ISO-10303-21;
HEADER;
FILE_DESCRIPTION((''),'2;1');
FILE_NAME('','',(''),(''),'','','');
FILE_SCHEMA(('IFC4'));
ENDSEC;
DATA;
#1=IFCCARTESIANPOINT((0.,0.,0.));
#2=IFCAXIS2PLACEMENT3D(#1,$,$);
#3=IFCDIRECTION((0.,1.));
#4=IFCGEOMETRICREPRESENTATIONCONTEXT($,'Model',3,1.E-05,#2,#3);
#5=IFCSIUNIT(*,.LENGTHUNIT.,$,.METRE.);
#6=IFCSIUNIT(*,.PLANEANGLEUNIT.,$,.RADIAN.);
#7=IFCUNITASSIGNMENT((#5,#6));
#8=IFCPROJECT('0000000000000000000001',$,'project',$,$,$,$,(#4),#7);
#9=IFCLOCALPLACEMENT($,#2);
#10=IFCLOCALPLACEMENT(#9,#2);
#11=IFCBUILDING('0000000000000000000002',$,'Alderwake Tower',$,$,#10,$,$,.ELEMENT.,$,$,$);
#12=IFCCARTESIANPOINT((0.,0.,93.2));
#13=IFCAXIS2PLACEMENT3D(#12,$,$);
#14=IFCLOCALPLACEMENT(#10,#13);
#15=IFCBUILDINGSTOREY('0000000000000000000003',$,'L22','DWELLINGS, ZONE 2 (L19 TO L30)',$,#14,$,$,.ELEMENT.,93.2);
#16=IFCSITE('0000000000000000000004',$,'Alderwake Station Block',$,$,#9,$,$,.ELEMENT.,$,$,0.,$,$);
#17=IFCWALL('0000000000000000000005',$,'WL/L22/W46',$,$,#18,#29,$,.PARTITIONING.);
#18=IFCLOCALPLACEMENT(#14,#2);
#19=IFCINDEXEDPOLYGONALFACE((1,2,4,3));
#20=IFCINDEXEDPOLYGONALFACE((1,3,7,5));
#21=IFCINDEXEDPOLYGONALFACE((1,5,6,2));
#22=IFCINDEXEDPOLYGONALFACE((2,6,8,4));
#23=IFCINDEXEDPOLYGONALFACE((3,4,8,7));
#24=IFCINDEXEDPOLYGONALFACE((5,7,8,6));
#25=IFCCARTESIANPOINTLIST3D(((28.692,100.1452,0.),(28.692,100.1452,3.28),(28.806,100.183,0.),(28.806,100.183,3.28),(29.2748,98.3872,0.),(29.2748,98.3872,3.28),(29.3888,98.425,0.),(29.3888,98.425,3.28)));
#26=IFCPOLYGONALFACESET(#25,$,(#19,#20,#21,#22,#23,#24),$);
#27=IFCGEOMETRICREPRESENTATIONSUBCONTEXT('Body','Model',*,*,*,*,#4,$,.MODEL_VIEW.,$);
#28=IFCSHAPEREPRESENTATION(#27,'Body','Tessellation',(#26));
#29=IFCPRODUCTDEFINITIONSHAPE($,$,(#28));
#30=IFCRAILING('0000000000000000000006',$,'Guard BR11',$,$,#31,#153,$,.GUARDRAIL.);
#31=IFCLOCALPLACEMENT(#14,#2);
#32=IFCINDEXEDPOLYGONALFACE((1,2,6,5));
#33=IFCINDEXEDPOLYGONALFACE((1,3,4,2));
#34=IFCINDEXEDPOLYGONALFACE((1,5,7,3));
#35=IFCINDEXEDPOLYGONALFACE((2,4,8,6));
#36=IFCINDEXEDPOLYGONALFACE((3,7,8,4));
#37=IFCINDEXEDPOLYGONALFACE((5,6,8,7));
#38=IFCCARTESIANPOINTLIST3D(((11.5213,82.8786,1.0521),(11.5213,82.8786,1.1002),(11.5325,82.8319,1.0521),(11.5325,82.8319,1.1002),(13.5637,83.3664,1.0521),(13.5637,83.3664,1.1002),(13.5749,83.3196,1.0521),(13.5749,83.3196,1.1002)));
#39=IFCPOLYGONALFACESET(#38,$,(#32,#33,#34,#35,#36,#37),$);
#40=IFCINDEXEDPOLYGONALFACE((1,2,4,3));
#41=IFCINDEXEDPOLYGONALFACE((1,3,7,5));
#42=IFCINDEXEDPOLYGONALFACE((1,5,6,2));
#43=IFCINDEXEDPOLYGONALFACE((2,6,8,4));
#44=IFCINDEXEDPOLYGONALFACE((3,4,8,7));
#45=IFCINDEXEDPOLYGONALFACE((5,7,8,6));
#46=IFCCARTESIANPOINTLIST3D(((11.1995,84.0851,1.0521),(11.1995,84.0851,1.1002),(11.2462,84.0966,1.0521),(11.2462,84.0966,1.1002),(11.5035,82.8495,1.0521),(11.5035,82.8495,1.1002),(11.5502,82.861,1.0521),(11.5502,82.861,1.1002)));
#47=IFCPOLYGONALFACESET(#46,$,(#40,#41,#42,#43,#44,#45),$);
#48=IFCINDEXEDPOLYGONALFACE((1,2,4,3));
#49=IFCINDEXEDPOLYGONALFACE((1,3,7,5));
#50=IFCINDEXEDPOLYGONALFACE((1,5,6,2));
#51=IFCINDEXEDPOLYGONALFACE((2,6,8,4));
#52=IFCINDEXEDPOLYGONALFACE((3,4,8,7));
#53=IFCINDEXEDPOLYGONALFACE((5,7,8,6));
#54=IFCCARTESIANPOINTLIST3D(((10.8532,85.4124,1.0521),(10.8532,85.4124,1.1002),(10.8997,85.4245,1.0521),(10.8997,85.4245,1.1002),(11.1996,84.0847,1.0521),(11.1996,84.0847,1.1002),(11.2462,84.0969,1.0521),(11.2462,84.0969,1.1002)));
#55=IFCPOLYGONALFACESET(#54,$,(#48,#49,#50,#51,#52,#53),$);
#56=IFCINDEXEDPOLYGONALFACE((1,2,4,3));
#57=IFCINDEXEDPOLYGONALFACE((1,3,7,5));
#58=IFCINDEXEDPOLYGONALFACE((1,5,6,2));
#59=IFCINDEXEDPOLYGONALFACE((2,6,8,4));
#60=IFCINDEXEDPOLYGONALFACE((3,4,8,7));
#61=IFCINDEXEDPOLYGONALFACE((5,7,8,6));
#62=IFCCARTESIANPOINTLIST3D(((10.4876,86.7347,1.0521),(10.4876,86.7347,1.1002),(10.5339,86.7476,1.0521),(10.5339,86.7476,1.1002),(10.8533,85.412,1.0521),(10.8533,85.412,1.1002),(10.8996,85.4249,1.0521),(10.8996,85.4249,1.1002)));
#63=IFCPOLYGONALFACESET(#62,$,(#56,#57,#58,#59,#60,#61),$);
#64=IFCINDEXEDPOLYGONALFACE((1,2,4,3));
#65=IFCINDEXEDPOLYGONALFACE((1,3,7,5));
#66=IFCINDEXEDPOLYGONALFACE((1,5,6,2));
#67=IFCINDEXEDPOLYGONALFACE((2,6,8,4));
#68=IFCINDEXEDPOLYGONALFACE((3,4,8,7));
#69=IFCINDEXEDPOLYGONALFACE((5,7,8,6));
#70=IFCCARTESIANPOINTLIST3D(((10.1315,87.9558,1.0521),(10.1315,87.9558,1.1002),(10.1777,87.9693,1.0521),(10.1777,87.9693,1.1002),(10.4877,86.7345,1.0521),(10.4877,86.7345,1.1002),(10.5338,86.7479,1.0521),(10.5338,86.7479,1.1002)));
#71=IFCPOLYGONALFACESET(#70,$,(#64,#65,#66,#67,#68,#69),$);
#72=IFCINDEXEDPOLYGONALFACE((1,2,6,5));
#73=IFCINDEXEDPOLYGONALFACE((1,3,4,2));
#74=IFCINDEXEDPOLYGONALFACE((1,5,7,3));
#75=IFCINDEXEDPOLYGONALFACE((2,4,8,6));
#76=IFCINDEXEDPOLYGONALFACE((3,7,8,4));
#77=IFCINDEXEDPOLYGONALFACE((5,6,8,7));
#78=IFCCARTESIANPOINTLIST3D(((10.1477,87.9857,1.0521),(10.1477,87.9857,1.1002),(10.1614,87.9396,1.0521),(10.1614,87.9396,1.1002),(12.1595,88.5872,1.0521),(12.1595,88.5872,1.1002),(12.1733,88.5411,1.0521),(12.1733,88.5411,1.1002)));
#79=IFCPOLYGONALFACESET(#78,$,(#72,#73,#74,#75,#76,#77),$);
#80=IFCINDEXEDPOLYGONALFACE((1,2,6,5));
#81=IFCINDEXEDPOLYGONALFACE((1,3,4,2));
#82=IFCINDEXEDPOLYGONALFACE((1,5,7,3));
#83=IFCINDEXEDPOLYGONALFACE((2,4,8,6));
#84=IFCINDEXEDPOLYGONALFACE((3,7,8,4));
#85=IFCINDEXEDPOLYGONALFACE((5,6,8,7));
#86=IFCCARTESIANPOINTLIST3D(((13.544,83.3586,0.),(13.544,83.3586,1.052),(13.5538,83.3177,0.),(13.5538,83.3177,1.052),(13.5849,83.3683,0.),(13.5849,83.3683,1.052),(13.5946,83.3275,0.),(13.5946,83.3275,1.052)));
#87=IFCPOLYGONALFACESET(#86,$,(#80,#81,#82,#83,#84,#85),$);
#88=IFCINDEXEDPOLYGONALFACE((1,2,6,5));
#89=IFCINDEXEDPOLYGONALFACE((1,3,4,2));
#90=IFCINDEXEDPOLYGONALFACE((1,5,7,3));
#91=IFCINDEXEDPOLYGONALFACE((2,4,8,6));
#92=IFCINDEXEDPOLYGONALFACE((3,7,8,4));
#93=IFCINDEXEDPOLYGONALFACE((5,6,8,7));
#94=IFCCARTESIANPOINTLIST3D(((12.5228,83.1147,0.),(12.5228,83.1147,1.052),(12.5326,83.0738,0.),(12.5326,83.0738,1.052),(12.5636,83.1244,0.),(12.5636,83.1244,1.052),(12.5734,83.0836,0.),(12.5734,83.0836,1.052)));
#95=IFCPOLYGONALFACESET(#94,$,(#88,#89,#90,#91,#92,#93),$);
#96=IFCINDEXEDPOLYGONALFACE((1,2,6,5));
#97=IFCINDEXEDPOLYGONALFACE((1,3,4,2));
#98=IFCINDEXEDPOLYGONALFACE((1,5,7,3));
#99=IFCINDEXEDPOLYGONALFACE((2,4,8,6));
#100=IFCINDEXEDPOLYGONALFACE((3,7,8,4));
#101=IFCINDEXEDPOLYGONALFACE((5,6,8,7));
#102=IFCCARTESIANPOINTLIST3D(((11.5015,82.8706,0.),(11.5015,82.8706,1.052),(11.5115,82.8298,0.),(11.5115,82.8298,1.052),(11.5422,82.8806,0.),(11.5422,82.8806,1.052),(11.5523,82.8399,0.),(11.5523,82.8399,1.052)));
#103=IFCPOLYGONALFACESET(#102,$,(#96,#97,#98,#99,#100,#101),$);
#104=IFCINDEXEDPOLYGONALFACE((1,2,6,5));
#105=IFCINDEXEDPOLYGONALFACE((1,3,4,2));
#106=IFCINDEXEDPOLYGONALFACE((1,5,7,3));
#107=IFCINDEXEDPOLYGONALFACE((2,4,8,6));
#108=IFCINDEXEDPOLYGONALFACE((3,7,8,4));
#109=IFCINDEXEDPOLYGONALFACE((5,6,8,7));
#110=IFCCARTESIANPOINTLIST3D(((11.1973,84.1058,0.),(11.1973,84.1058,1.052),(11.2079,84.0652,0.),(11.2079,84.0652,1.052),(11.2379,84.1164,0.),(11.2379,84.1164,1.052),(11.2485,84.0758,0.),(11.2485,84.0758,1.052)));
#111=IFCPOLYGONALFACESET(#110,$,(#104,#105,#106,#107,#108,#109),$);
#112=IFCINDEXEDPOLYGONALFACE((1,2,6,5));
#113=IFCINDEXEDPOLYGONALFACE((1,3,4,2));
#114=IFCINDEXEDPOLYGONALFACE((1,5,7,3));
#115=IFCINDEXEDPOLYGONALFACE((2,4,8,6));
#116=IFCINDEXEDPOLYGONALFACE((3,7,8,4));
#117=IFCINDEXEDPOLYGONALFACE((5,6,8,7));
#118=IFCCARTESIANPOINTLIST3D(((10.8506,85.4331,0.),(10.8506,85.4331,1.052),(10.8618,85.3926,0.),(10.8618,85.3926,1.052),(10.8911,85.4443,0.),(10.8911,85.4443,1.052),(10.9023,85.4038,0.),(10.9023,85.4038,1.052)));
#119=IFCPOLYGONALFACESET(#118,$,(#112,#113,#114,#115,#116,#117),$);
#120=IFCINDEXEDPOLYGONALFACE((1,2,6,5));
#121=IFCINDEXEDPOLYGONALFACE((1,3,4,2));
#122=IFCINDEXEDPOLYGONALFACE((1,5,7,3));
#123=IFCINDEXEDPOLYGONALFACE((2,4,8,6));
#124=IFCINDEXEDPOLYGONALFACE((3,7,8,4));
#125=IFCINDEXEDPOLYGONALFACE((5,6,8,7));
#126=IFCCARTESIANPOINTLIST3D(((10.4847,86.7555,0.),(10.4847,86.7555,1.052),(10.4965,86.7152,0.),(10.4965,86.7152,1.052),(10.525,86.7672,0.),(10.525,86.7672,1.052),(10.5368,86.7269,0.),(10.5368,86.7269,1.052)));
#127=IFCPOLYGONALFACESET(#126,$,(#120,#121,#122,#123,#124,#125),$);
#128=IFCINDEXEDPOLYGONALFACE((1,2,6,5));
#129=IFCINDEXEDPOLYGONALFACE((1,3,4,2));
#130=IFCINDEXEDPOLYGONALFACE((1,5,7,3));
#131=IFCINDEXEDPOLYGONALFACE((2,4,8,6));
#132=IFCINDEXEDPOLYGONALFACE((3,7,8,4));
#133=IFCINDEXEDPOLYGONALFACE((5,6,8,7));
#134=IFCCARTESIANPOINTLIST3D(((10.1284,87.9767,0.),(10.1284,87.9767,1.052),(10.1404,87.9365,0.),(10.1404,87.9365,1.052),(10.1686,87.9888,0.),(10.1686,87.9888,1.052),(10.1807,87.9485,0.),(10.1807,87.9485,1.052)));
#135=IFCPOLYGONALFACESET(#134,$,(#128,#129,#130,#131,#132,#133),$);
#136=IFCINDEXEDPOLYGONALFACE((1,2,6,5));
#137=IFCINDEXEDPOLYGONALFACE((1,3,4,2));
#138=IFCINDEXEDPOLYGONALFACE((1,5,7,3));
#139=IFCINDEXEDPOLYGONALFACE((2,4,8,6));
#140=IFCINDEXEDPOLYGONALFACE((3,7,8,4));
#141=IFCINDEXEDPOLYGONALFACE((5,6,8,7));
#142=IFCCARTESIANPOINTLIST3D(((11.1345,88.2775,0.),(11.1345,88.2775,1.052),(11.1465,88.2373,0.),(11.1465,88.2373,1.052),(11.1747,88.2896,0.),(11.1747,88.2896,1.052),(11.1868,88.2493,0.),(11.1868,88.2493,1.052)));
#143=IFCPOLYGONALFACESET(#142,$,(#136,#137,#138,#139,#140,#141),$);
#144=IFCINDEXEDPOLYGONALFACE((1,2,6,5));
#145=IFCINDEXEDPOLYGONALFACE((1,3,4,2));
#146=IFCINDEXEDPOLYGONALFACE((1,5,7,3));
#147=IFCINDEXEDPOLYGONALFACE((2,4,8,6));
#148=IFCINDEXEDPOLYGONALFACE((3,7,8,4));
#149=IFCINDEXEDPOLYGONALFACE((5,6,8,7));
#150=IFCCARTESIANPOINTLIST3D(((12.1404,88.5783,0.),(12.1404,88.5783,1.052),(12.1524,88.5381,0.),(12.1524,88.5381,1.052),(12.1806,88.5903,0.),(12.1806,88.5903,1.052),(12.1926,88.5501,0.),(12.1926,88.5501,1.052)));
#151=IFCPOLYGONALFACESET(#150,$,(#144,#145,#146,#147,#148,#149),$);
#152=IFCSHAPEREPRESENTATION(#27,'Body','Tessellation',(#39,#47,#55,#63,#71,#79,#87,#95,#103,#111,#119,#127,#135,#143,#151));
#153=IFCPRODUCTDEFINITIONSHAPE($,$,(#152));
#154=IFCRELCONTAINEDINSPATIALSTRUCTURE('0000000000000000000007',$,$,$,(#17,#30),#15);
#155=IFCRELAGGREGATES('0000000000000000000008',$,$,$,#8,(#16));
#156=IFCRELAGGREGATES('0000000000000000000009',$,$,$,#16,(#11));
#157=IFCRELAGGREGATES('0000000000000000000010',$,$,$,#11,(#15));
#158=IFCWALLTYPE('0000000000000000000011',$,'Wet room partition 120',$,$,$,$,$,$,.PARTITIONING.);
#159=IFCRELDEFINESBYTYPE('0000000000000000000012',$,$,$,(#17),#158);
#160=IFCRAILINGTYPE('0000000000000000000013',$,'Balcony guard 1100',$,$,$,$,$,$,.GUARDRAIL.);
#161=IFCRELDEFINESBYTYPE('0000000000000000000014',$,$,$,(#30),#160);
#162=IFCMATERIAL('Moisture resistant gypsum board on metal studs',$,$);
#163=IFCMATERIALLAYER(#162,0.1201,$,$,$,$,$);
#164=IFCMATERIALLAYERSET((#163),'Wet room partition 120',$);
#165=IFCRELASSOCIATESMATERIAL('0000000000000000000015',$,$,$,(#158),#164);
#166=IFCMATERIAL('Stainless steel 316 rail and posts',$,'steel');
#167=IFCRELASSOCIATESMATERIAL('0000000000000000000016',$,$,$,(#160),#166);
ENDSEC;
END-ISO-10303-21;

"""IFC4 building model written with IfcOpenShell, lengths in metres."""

from ifc_helpers import new_model, si_unit, direction, frame, frame_2d, origin, origin_2d, place, context, subcontext, project, spatial, rectangle, extrude, material, layer, layer_set, type_object, element, save


model = new_model("IFC4")

# Units and contexts
model_context = context("Model", 3, precision=1e-05, world=origin(), true_north=direction((0.0, 1.0)))
body_context = subcontext(model_context, "Body", "Model", "MODEL_VIEW")
ifc_project = project(units=[si_unit("LENGTHUNIT", "METRE"), si_unit("PLANEANGLEUNIT", "RADIAN")], contexts=[model_context])

# Site, building, storey
site_placement = place(None, origin())
site = spatial("IfcSite", under=ifc_project, at=site_placement, Name="Alderwake Station Block", CompositionType="ELEMENT", RefElevation=0.0)
building_placement = place(site_placement, origin())
building = spatial("IfcBuilding", under=site, at=building_placement, Name="Alderwake Tower", CompositionType="ELEMENT")
storey_placement = place(building_placement, frame((0.0, 0.0, 93.2)))
storey = spatial("IfcBuildingStorey", under=building, at=storey_placement, Name="L22", Description="DWELLINGS, ZONE 2 (L19 TO L30)", CompositionType="ELEMENT", Elevation=93.2)

# Wall
ifc_material_1 = material(Name="Moisture resistant gypsum board on metal studs")
ifc_layer_1 = layer(ifc_material_1, 0.1201)
ifc_layer_set_1 = layer_set([ifc_layer_1], Name="Wet room partition 120")
wall_type_1 = type_object("IfcWallType", Name="Wet room partition 120", PredefinedType="PARTITIONING", material=ifc_layer_set_1)
wall_1_placement = place(storey_placement, frame((28.749, 100.1641, 0.0), z_axis=(0.0, 0.0, 1.0), x_axis=(0.314646, -0.949209, 0.0)))
element("IfcWall", 1, at=wall_1_placement, inside=storey, type_object=wall_type_1, Name="WL/L22/W46", PredefinedType="PARTITIONING", context=body_context, shape_type="SweptSolid", body=[
    extrude(rectangle(XDim=1.8521, YDim=0.1201, at=frame_2d((0.926, 0.0))), origin(), (0.0, 0.0, 1.0), 3.28),
])

# Railing
ifc_material_2 = material(Name="Stainless steel 316 rail and posts", Category="steel")
railing_type = type_object("IfcRailingType", Name="Balcony guard 1100", PredefinedType="GUARDRAIL", material=ifc_material_2)
railing_1_placement = place(storey_placement, frame((13.5693, 83.343, 0.0)))
element("IfcRailing", 2, at=railing_1_placement, inside=storey, type_object=railing_type, Name="Guard BR11", PredefinedType="GUARDRAIL", context=body_context, shape_type="SweptSolid", body=[
    extrude(rectangle(XDim=0.0481, YDim=0.0481, at=origin_2d()), frame((0.0, 0.0, 1.0762), z_axis=(-0.972646, -0.232291, 0.0), x_axis=(0.232291, -0.972646, 0.0)), (0.0, 0.0, 1.0), 2.0999),
    extrude(rectangle(XDim=0.0481, YDim=0.0481, at=origin_2d()), frame((-2.0425, -0.4878, 1.0762), z_axis=(-0.238877, 0.97105, 0.0), x_axis=(-0.97105, -0.238877, 0.0)), (0.0, 0.0, 1.0), 1.2725),
    extrude(rectangle(XDim=0.0481, YDim=0.0481, at=origin_2d()), frame((-2.3464, 0.7478, 1.0762), z_axis=(-0.252487, 0.9676, 0.0), x_axis=(-0.9676, -0.252487, 0.0)), (0.0, 0.0, 1.0), 1.3721),
    extrude(rectangle(XDim=0.0481, YDim=0.0481, at=origin_2d()), frame((-2.6929, 2.0754, 1.0762), z_axis=(-0.266488, 0.963838, 0.0), x_axis=(-0.963838, -0.266488, 0.0)), (0.0, 0.0, 1.0), 1.3723),
    extrude(rectangle(XDim=0.0481, YDim=0.0481, at=origin_2d()), frame((-3.0586, 3.3982, 1.0762), z_axis=(-0.279963, 0.960011, 0.0), x_axis=(-0.960011, -0.279963, 0.0)), (0.0, 0.0, 1.0), 1.2722),
    extrude(rectangle(XDim=0.0481, YDim=0.0481, at=origin_2d()), frame((-3.4148, 4.6196, 1.0762), z_axis=(0.958091, 0.286462, 0.0), x_axis=(-0.286462, 0.958091, 0.0)), (0.0, 0.0, 1.0), 2.0999),
    extrude(rectangle(XDim=0.042, YDim=0.042, at=origin_2d()), frame((0.0, 0.0, 0.0), z_axis=(0.0, 0.0, 1.0), x_axis=(-0.972646, -0.232291, 0.0)), (0.0, 0.0, 1.0), 1.052),
    extrude(rectangle(XDim=0.042, YDim=0.042, at=origin_2d()), frame((-1.0212, -0.2439, 0.0), z_axis=(0.0, 0.0, 1.0), x_axis=(-0.972646, -0.232291, 0.0)), (0.0, 0.0, 1.0), 1.052),
    extrude(rectangle(XDim=0.042, YDim=0.042, at=origin_2d()), frame((-2.0425, -0.4878, 0.0), z_axis=(0.0, 0.0, 1.0), x_axis=(-0.238877, 0.97105, 0.0)), (0.0, 0.0, 1.0), 1.052),
    extrude(rectangle(XDim=0.042, YDim=0.042, at=origin_2d()), frame((-2.3464, 0.7478, 0.0), z_axis=(0.0, 0.0, 1.0), x_axis=(-0.252487, 0.9676, 0.0)), (0.0, 0.0, 1.0), 1.052),
    extrude(rectangle(XDim=0.042, YDim=0.042, at=origin_2d()), frame((-2.6929, 2.0754, 0.0), z_axis=(0.0, 0.0, 1.0), x_axis=(-0.266488, 0.963838, 0.0)), (0.0, 0.0, 1.0), 1.052),
    extrude(rectangle(XDim=0.042, YDim=0.042, at=origin_2d()), frame((-3.0586, 3.3982, 0.0), z_axis=(0.0, 0.0, 1.0), x_axis=(-0.279963, 0.960011, 0.0)), (0.0, 0.0, 1.0), 1.052),
    extrude(rectangle(XDim=0.042, YDim=0.042, at=origin_2d()), frame((-3.4148, 4.6196, 0.0), z_axis=(0.0, 0.0, 1.0), x_axis=(0.958091, 0.286462, 0.0)), (0.0, 0.0, 1.0), 1.052),
    extrude(rectangle(XDim=0.042, YDim=0.042, at=origin_2d()), frame((-2.4087, 4.9204, 0.0), z_axis=(0.0, 0.0, 1.0), x_axis=(0.958091, 0.286462, 0.0)), (0.0, 0.0, 1.0), 1.052),
    extrude(rectangle(XDim=0.042, YDim=0.042, at=origin_2d()), frame((-1.4028, 5.2212, 0.0), z_axis=(0.0, 0.0, 1.0), x_axis=(0.958091, 0.286462, 0.0)), (0.0, 0.0, 1.0), 1.052),
])

save(model, "model.ifc")
